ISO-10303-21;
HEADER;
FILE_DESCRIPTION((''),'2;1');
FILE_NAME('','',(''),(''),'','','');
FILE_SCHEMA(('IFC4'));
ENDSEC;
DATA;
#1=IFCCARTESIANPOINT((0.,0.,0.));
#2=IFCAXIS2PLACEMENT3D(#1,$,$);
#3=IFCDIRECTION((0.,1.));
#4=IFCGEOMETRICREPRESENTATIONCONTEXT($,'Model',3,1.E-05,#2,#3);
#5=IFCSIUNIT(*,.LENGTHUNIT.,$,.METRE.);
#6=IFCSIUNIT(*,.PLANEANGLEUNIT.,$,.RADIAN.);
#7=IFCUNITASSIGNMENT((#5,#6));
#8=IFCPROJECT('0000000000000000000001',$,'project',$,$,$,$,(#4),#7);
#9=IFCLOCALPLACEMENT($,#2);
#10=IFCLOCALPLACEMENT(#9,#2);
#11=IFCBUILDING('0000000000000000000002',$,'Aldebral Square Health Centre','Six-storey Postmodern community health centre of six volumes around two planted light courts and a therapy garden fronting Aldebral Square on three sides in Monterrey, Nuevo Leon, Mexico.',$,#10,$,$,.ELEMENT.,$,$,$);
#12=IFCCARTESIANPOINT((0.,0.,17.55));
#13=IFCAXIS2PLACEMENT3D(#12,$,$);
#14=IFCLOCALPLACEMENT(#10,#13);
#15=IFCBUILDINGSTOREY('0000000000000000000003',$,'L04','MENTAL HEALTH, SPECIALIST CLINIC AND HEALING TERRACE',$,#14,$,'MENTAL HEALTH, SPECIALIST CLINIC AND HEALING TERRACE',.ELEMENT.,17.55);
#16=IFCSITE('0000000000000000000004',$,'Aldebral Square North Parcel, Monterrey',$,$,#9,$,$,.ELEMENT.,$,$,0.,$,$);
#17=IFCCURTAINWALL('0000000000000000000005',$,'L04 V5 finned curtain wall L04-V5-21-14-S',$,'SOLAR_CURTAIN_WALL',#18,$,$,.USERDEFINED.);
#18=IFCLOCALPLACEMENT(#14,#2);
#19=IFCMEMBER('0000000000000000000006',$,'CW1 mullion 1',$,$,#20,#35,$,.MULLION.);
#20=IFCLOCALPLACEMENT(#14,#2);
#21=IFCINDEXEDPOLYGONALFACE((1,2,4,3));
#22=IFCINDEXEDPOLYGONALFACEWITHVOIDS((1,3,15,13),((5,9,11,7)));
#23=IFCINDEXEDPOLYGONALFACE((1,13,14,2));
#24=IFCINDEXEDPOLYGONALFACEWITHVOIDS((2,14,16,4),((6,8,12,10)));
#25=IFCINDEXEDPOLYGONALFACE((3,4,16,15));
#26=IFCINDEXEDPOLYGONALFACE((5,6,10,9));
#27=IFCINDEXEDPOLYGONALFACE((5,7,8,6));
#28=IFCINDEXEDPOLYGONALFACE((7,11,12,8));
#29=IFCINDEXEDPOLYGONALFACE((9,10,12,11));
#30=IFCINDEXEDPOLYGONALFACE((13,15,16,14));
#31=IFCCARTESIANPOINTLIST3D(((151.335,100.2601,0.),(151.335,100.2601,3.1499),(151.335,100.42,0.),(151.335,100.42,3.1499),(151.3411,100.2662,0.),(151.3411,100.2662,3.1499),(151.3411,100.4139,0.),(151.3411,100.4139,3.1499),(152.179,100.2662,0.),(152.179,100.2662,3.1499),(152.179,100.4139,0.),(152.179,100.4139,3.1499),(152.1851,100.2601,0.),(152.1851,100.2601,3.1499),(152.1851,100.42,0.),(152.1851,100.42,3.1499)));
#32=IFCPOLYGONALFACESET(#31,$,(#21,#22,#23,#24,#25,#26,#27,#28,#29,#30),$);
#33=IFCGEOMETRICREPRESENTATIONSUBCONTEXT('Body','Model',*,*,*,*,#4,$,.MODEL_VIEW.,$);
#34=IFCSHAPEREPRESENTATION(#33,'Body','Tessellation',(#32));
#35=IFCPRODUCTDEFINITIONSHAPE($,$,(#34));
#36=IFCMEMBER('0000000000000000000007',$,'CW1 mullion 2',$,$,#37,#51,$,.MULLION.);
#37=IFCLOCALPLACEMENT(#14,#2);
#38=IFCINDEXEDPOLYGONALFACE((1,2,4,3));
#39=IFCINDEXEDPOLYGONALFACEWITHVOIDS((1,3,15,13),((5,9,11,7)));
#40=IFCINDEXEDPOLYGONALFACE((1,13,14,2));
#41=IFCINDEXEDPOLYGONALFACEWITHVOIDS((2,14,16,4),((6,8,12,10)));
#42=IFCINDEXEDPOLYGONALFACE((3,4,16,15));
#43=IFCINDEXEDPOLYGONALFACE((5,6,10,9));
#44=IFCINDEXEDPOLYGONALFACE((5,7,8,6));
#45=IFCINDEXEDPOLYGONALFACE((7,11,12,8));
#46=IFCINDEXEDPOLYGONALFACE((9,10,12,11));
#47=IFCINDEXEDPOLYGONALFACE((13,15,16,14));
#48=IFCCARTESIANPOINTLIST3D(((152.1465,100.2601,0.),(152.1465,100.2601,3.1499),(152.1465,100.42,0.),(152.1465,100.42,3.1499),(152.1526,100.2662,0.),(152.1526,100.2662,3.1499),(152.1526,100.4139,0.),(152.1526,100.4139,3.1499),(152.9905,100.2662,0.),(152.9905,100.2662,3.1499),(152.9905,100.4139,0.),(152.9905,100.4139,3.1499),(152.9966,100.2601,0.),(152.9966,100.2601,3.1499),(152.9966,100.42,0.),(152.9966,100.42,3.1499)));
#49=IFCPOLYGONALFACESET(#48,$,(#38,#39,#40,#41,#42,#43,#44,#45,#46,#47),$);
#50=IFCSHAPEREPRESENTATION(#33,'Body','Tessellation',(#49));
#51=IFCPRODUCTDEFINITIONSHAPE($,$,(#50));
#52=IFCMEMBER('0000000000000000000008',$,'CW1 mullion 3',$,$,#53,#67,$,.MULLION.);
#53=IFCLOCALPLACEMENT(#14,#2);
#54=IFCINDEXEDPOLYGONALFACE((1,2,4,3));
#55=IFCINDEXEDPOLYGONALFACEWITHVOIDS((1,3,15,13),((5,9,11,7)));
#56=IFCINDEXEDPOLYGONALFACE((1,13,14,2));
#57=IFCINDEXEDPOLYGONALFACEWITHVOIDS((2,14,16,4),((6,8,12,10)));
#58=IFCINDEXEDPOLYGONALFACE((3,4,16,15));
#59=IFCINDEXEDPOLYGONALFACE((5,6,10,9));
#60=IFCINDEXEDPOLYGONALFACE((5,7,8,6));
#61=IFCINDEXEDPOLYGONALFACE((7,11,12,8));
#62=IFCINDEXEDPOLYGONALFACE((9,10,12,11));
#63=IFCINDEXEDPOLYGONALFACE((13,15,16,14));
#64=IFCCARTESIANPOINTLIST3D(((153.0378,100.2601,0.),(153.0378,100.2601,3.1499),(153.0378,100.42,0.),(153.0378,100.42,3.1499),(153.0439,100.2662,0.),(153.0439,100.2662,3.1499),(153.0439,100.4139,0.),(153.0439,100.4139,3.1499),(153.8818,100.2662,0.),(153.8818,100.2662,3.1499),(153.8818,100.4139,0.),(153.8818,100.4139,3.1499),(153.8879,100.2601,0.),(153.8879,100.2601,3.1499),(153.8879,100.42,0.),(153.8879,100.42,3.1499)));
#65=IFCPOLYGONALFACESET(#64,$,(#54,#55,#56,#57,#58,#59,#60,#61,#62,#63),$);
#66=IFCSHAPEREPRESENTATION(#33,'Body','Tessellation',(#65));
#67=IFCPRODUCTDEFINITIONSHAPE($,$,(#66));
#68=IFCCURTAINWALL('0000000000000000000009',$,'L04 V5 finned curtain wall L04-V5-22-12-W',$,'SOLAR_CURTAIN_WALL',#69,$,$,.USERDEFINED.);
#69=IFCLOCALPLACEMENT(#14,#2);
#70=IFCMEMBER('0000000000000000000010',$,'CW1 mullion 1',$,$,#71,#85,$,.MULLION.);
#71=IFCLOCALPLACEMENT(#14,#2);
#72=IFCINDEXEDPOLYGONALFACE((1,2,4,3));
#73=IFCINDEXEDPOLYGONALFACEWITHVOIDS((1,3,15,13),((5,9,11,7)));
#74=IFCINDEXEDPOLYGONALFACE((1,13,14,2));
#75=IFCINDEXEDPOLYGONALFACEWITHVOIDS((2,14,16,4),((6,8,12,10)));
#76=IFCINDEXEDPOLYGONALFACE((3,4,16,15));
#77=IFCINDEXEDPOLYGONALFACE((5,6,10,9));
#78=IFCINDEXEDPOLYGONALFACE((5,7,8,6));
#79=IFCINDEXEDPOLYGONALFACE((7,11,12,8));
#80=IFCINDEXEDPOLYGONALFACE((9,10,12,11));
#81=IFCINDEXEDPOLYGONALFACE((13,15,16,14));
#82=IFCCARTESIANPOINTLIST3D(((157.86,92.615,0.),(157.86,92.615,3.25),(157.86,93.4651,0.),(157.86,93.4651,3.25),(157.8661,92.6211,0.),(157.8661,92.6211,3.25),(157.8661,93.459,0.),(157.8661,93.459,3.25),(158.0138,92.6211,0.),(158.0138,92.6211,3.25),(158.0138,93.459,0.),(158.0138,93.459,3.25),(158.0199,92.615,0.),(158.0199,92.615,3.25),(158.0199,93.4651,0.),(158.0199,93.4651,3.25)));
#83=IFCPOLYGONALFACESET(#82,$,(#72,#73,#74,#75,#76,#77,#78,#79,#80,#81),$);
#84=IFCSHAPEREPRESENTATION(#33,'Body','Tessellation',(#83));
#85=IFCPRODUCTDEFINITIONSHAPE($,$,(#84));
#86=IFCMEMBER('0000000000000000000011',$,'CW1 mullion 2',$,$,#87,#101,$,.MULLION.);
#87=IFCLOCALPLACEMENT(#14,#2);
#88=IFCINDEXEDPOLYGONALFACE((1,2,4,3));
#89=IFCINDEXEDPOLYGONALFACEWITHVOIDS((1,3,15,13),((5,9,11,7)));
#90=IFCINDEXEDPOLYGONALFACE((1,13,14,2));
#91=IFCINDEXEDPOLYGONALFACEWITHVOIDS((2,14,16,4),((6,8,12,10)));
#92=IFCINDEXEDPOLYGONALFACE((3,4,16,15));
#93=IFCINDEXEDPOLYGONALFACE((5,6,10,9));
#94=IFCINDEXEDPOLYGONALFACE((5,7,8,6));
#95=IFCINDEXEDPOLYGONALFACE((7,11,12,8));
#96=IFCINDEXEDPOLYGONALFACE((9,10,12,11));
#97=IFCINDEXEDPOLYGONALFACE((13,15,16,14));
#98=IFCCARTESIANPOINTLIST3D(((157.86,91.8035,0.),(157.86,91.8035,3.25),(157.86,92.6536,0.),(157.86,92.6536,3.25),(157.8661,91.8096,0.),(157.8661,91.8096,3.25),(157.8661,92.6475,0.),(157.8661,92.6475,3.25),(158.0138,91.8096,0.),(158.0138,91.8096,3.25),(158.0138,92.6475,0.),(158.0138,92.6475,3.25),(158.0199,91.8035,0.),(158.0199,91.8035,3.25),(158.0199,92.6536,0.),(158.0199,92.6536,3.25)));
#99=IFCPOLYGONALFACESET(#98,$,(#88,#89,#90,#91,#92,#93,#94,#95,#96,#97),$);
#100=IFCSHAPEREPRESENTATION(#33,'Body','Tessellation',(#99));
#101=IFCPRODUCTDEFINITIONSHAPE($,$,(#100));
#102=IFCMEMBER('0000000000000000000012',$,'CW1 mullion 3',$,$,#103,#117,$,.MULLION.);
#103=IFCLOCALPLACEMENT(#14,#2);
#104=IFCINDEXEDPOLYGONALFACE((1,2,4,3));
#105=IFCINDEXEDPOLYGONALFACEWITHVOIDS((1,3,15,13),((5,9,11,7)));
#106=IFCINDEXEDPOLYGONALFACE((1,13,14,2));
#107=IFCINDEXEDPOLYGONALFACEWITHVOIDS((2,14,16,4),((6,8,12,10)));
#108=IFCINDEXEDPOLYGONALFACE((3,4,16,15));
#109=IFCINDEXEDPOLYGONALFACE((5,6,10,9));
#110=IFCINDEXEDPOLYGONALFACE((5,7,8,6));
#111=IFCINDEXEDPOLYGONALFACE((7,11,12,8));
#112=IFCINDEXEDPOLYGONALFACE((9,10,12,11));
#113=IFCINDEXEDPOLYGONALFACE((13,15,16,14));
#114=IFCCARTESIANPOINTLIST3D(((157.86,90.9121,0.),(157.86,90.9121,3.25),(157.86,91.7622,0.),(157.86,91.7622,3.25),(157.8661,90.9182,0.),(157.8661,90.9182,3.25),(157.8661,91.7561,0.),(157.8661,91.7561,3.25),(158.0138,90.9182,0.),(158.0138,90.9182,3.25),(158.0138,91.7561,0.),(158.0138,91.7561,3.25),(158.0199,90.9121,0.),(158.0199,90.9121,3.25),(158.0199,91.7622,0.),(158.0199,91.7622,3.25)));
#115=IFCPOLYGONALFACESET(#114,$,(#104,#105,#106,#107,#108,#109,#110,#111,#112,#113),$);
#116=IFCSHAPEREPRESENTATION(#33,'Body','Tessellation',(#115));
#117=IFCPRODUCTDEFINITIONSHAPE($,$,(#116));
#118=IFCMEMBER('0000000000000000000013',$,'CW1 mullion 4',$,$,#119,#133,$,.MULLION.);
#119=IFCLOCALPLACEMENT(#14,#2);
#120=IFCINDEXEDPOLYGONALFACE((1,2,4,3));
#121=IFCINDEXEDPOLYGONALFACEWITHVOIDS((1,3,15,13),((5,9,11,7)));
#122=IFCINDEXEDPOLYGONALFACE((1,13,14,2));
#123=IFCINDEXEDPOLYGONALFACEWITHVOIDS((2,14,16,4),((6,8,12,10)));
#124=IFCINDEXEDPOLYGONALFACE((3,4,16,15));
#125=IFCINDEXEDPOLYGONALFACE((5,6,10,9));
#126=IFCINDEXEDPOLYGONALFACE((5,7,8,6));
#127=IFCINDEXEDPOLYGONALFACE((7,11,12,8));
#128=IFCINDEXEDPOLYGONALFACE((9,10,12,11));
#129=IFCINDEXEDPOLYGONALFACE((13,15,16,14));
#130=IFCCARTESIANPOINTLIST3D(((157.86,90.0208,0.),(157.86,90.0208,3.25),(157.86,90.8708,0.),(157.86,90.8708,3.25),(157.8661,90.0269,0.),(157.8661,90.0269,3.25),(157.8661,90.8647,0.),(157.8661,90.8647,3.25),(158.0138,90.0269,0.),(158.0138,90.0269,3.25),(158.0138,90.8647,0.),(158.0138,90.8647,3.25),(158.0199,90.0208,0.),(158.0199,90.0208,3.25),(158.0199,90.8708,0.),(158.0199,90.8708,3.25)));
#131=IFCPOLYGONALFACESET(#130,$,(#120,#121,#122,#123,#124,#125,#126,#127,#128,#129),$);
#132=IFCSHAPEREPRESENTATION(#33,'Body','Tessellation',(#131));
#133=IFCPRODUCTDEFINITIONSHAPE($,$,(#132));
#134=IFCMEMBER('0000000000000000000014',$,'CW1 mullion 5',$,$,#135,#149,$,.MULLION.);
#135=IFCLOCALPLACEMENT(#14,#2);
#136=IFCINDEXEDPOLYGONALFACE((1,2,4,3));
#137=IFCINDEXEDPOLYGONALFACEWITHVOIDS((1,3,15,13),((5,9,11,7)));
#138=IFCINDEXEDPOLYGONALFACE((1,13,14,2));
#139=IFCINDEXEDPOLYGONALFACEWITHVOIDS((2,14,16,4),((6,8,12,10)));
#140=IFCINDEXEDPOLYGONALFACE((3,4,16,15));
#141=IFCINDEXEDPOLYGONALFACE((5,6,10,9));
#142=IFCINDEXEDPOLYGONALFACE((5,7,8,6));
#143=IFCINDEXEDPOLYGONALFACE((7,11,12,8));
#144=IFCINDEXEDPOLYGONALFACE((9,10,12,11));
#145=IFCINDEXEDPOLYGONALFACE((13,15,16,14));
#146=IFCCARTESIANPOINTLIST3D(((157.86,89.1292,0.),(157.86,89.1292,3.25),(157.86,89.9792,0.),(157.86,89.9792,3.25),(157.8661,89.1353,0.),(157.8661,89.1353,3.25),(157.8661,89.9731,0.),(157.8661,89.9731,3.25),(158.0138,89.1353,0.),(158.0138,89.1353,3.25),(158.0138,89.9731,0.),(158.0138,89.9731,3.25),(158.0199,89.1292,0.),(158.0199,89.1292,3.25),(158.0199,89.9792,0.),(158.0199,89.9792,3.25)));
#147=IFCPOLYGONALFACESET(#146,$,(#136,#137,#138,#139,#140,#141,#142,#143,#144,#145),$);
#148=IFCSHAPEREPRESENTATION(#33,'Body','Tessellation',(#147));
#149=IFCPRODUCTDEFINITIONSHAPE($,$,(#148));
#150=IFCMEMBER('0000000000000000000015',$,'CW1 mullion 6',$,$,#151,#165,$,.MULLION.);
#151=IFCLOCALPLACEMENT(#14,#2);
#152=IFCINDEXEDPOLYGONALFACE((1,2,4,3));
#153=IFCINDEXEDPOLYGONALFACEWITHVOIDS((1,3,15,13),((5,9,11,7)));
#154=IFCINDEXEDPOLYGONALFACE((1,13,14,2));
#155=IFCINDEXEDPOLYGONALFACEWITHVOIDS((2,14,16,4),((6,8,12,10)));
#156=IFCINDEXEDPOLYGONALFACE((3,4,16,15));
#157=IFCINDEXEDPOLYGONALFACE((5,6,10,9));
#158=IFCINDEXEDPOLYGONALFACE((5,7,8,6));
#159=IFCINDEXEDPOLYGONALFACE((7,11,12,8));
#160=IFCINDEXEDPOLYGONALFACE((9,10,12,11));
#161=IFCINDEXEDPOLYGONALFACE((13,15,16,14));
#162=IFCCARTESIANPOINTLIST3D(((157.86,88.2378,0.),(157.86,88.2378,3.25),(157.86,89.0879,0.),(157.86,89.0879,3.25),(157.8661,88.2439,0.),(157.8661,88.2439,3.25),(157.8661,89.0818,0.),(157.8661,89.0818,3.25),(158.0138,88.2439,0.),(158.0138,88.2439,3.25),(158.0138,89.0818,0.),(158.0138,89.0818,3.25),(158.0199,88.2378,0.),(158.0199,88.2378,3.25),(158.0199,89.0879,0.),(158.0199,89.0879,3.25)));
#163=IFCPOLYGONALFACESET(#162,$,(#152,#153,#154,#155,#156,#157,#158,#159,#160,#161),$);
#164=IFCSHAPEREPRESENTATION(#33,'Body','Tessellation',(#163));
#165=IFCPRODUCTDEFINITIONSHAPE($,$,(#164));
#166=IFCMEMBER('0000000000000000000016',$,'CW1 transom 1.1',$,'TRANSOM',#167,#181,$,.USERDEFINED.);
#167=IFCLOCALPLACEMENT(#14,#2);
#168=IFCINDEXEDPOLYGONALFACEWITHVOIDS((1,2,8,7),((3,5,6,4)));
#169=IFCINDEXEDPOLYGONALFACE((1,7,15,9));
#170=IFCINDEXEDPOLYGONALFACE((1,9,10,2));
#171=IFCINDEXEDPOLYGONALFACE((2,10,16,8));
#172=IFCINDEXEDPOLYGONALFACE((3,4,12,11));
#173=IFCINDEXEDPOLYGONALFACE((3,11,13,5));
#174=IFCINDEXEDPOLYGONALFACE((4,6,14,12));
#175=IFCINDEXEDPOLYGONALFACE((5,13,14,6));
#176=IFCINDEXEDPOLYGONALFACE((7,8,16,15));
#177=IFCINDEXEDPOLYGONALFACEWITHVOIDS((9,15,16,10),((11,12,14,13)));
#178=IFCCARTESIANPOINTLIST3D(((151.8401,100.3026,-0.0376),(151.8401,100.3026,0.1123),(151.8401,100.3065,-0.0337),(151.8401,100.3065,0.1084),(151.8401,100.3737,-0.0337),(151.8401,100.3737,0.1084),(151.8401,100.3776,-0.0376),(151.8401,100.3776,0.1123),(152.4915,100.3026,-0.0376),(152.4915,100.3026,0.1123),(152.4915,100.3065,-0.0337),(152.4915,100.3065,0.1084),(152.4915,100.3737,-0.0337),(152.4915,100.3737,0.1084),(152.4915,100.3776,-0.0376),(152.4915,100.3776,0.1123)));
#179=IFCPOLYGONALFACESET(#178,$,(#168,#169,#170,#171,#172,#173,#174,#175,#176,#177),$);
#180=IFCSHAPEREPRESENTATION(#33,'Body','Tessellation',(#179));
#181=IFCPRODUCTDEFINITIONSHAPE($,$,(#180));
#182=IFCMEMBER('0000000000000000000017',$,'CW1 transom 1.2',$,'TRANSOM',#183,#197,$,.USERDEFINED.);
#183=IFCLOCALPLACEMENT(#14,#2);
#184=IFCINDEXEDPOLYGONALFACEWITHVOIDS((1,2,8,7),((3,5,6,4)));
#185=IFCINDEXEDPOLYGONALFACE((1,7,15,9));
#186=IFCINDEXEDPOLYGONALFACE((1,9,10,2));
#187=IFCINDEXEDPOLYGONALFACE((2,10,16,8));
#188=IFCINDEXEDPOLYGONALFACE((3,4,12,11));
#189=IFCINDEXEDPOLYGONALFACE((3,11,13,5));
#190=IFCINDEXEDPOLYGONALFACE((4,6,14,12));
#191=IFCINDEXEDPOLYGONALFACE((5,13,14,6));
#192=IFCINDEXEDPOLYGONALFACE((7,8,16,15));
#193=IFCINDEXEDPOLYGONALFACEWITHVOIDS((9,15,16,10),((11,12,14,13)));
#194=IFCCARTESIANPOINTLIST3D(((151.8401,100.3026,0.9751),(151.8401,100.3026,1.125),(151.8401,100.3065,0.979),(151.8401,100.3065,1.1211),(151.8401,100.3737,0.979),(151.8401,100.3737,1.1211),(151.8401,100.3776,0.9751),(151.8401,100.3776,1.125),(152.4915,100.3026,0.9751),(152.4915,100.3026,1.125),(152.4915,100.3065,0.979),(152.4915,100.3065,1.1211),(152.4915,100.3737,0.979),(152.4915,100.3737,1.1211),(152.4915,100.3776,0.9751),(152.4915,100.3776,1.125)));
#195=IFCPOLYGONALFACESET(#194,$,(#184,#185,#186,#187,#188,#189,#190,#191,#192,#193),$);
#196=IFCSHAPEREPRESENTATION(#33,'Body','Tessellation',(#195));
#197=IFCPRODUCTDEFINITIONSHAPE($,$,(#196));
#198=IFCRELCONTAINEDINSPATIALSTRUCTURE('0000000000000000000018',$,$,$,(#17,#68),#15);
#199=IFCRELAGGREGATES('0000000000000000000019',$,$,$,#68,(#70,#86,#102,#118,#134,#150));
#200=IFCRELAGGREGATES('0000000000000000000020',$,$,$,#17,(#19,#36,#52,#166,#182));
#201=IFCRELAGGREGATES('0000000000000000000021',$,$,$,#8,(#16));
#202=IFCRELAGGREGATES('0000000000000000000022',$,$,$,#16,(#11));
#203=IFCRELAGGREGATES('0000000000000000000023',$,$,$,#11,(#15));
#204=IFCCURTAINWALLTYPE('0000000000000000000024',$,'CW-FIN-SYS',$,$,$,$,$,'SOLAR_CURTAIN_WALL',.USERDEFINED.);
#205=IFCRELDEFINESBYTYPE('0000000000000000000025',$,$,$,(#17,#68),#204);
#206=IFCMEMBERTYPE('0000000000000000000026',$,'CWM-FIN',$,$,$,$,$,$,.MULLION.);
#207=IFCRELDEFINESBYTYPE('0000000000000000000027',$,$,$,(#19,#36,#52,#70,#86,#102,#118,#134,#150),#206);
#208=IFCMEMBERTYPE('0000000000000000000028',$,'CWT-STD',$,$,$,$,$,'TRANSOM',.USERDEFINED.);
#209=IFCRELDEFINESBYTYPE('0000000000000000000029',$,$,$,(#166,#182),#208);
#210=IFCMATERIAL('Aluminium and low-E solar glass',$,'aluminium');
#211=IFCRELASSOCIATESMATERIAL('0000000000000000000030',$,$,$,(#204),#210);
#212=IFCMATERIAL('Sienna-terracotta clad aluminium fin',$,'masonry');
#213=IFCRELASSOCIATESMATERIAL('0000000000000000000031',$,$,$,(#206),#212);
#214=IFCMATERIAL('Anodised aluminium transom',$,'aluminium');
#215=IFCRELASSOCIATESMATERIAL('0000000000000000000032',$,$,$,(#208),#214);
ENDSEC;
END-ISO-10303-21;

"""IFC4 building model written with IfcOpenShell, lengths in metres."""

from ifc_helpers import new_model, si_unit, direction, frame, origin, origin_2d, place, context, subcontext, project, spatial, hollow_rectangle, extrude, material, material_profile, profile_set, type_object, element, aggregate, save


model = new_model("IFC4")

# Units and contexts
model_context = context("Model", 3, precision=1e-05, world=origin(), true_north=direction((0.0, 1.0)))
body_context = subcontext(model_context, "Body", "Model", "MODEL_VIEW")
ifc_project = project(units=[si_unit("LENGTHUNIT", "METRE"), si_unit("PLANEANGLEUNIT", "RADIAN")], contexts=[model_context])

# Site, building, storey
site_placement = place(None, origin())
site = spatial("IfcSite", under=ifc_project, at=site_placement, Name="Aldebral Square North Parcel, Monterrey", CompositionType="ELEMENT", RefElevation=0.0)
building_placement = place(site_placement, origin())
building = spatial("IfcBuilding", under=site, at=building_placement, Name="Aldebral Square Health Centre", Description="Six-storey Postmodern community health centre of six volumes around two planted light courts and a therapy garden fronting Aldebral Square on three sides in Monterrey, Nuevo Leon, Mexico.", CompositionType="ELEMENT")
storey_placement = place(building_placement, frame((0.0, 0.0, 17.55)))
storey = spatial("IfcBuildingStorey", under=building, at=storey_placement, Name="L04", Description="MENTAL HEALTH, SPECIALIST CLINIC AND HEALING TERRACE", LongName="MENTAL HEALTH, SPECIALIST CLINIC AND HEALING TERRACE", CompositionType="ELEMENT", Elevation=17.55)

# Curtain walls, members
ifc_material_1 = material(Name="Aluminium and low-E solar glass", Category="aluminium")
curtain_wall_type = type_object("IfcCurtainWallType", Name="CW-FIN-SYS", ElementType="SOLAR_CURTAIN_WALL", PredefinedType="USERDEFINED", material=ifc_material_1)
curtain_wall_1_placement = place(storey_placement, origin())
curtain_wall_1 = element("IfcCurtainWall", 1, at=curtain_wall_1_placement, inside=storey, type_object=curtain_wall_type, Name="L04 V5 finned curtain wall L04-V5-21-14-S", ObjectType="SOLAR_CURTAIN_WALL", PredefinedType="USERDEFINED")
ifc_material_2 = material(Name="Sienna-terracotta clad aluminium fin", Category="masonry")
ifc_material_profile_1 = material_profile(ifc_material_2, hollow_rectangle(XDim=0.1599, YDim=0.8501, WallThickness=0.0061, at=origin_2d()), Name="FIN 160x850x6")
ifc_profile_set_1 = profile_set([ifc_material_profile_1], Name="Sienna-terracotta clad aluminium fin")
member_type_1 = type_object("IfcMemberType", Name="CWM-FIN", PredefinedType="MULLION", material=ifc_profile_set_1)
member_1_placement = place(storey_placement, frame((151.76, 100.3401, 0.0), z_axis=(0.0, 0.0, 1.0), x_axis=(0.0, 1.0, 0.0)))
member_1 = element("IfcMember", 2, at=member_1_placement, type_object=member_type_1, Name="CW1 mullion 1", PredefinedType="MULLION", context=body_context, shape_type="SweptSolid", body=[
    extrude(hollow_rectangle(XDim=0.1599, YDim=0.8501, WallThickness=0.0061, at=origin_2d()), origin(), (0.0, 0.0, 1.0), 3.1499),
])
member_2_placement = place(storey_placement, frame((152.5715, 100.3401, 0.0), z_axis=(0.0, 0.0, 1.0), x_axis=(0.0, 1.0, 0.0)))
member_2 = element("IfcMember", 3, at=member_2_placement, type_object=member_type_1, Name="CW1 mullion 2", PredefinedType="MULLION", context=body_context, shape_type="SweptSolid", body=[
    extrude(hollow_rectangle(XDim=0.1599, YDim=0.8501, WallThickness=0.0061, at=origin_2d()), origin(), (0.0, 0.0, 1.0), 3.1499),
])
member_3_placement = place(storey_placement, frame((153.4629, 100.3401, 0.0), z_axis=(0.0, 0.0, 1.0), x_axis=(0.0, 1.0, 0.0)))
member_3 = element("IfcMember", 4, at=member_3_placement, type_object=member_type_1, Name="CW1 mullion 3", PredefinedType="MULLION", context=body_context, shape_type="SweptSolid", body=[
    extrude(hollow_rectangle(XDim=0.1599, YDim=0.8501, WallThickness=0.0061, at=origin_2d()), origin(), (0.0, 0.0, 1.0), 3.1499),
])
curtain_wall_2_placement = place(storey_placement, origin())
curtain_wall_2 = element("IfcCurtainWall", 5, at=curtain_wall_2_placement, inside=storey, type_object=curtain_wall_type, Name="L04 V5 finned curtain wall L04-V5-22-12-W", ObjectType="SOLAR_CURTAIN_WALL", PredefinedType="USERDEFINED")
member_4_placement = place(storey_placement, frame((157.9399, 93.04, 0.0), z_axis=(0.0, 0.0, 1.0), x_axis=(1.0, 0.0, 0.0)))
member_4 = element("IfcMember", 6, at=member_4_placement, type_object=member_type_1, Name="CW1 mullion 1", PredefinedType="MULLION", context=body_context, shape_type="SweptSolid", body=[
    extrude(hollow_rectangle(XDim=0.1599, YDim=0.8501, WallThickness=0.0061, at=origin_2d()), origin(), (0.0, 0.0, 1.0), 3.25),
])
member_5_placement = place(storey_placement, frame((157.9399, 92.2285, 0.0), z_axis=(0.0, 0.0, 1.0), x_axis=(1.0, 0.0, 0.0)))
member_5 = element("IfcMember", 7, at=member_5_placement, type_object=member_type_1, Name="CW1 mullion 2", PredefinedType="MULLION", context=body_context, shape_type="SweptSolid", body=[
    extrude(hollow_rectangle(XDim=0.1599, YDim=0.8501, WallThickness=0.0061, at=origin_2d()), origin(), (0.0, 0.0, 1.0), 3.25),
])
member_6_placement = place(storey_placement, frame((157.9399, 91.3372, 0.0), z_axis=(0.0, 0.0, 1.0), x_axis=(1.0, 0.0, 0.0)))
member_6 = element("IfcMember", 8, at=member_6_placement, type_object=member_type_1, Name="CW1 mullion 3", PredefinedType="MULLION", context=body_context, shape_type="SweptSolid", body=[
    extrude(hollow_rectangle(XDim=0.1599, YDim=0.8501, WallThickness=0.0061, at=origin_2d()), origin(), (0.0, 0.0, 1.0), 3.25),
])
member_7_placement = place(storey_placement, frame((157.9399, 90.4458, 0.0), z_axis=(0.0, 0.0, 1.0), x_axis=(1.0, 0.0, 0.0)))
member_7 = element("IfcMember", 9, at=member_7_placement, type_object=member_type_1, Name="CW1 mullion 4", PredefinedType="MULLION", context=body_context, shape_type="SweptSolid", body=[
    extrude(hollow_rectangle(XDim=0.1599, YDim=0.8501, WallThickness=0.0061, at=origin_2d()), origin(), (0.0, 0.0, 1.0), 3.25),
])
member_8_placement = place(storey_placement, frame((157.9399, 89.5542, 0.0), z_axis=(0.0, 0.0, 1.0), x_axis=(1.0, 0.0, 0.0)))
member_8 = element("IfcMember", 10, at=member_8_placement, type_object=member_type_1, Name="CW1 mullion 5", PredefinedType="MULLION", context=body_context, shape_type="SweptSolid", body=[
    extrude(hollow_rectangle(XDim=0.1599, YDim=0.8501, WallThickness=0.0061, at=origin_2d()), origin(), (0.0, 0.0, 1.0), 3.25),
])
member_9_placement = place(storey_placement, frame((157.9399, 88.6628, 0.0), z_axis=(0.0, 0.0, 1.0), x_axis=(1.0, 0.0, 0.0)))
member_9 = element("IfcMember", 11, at=member_9_placement, type_object=member_type_1, Name="CW1 mullion 6", PredefinedType="MULLION", context=body_context, shape_type="SweptSolid", body=[
    extrude(hollow_rectangle(XDim=0.1599, YDim=0.8501, WallThickness=0.0061, at=origin_2d()), origin(), (0.0, 0.0, 1.0), 3.25),
])

# Members
ifc_material_3 = material(Name="Anodised aluminium transom", Category="aluminium")
ifc_material_profile_2 = material_profile(ifc_material_3, hollow_rectangle(XDim=0.075, YDim=0.1499, WallThickness=0.0039, at=origin_2d()), Name="CWT 75x150x4")
ifc_profile_set_2 = profile_set([ifc_material_profile_2], Name="Anodised aluminium transom")
member_type_2 = type_object("IfcMemberType", Name="CWT-STD", ElementType="TRANSOM", PredefinedType="USERDEFINED", material=ifc_profile_set_2)
member_10_placement = place(storey_placement, frame((151.8401, 100.3401, 0.0374), z_axis=(1.0, 0.0, 0.0), x_axis=(0.0, 1.0, 0.0)))
member_10 = element("IfcMember", 12, at=member_10_placement, type_object=member_type_2, Name="CW1 transom 1.1", ObjectType="TRANSOM", PredefinedType="USERDEFINED", context=body_context, shape_type="SweptSolid", body=[
    extrude(hollow_rectangle(XDim=0.075, YDim=0.1499, WallThickness=0.0039, at=origin_2d()), origin(), (0.0, 0.0, 1.0), 0.6514),
])
member_11_placement = place(storey_placement, frame((151.8401, 100.3401, 1.05), z_axis=(1.0, 0.0, 0.0), x_axis=(0.0, 1.0, 0.0)))
member_11 = element("IfcMember", 13, at=member_11_placement, type_object=member_type_2, Name="CW1 transom 1.2", ObjectType="TRANSOM", PredefinedType="USERDEFINED", context=body_context, shape_type="SweptSolid", body=[
    extrude(hollow_rectangle(XDim=0.075, YDim=0.1499, WallThickness=0.0039, at=origin_2d()), origin(), (0.0, 0.0, 1.0), 0.6514),
])
aggregate(curtain_wall_2, [member_4, member_5, member_6, member_7, member_8, member_9])

aggregate(curtain_wall_1, [member_1, member_2, member_3, member_10, member_11])

save(model, "model.ifc")
